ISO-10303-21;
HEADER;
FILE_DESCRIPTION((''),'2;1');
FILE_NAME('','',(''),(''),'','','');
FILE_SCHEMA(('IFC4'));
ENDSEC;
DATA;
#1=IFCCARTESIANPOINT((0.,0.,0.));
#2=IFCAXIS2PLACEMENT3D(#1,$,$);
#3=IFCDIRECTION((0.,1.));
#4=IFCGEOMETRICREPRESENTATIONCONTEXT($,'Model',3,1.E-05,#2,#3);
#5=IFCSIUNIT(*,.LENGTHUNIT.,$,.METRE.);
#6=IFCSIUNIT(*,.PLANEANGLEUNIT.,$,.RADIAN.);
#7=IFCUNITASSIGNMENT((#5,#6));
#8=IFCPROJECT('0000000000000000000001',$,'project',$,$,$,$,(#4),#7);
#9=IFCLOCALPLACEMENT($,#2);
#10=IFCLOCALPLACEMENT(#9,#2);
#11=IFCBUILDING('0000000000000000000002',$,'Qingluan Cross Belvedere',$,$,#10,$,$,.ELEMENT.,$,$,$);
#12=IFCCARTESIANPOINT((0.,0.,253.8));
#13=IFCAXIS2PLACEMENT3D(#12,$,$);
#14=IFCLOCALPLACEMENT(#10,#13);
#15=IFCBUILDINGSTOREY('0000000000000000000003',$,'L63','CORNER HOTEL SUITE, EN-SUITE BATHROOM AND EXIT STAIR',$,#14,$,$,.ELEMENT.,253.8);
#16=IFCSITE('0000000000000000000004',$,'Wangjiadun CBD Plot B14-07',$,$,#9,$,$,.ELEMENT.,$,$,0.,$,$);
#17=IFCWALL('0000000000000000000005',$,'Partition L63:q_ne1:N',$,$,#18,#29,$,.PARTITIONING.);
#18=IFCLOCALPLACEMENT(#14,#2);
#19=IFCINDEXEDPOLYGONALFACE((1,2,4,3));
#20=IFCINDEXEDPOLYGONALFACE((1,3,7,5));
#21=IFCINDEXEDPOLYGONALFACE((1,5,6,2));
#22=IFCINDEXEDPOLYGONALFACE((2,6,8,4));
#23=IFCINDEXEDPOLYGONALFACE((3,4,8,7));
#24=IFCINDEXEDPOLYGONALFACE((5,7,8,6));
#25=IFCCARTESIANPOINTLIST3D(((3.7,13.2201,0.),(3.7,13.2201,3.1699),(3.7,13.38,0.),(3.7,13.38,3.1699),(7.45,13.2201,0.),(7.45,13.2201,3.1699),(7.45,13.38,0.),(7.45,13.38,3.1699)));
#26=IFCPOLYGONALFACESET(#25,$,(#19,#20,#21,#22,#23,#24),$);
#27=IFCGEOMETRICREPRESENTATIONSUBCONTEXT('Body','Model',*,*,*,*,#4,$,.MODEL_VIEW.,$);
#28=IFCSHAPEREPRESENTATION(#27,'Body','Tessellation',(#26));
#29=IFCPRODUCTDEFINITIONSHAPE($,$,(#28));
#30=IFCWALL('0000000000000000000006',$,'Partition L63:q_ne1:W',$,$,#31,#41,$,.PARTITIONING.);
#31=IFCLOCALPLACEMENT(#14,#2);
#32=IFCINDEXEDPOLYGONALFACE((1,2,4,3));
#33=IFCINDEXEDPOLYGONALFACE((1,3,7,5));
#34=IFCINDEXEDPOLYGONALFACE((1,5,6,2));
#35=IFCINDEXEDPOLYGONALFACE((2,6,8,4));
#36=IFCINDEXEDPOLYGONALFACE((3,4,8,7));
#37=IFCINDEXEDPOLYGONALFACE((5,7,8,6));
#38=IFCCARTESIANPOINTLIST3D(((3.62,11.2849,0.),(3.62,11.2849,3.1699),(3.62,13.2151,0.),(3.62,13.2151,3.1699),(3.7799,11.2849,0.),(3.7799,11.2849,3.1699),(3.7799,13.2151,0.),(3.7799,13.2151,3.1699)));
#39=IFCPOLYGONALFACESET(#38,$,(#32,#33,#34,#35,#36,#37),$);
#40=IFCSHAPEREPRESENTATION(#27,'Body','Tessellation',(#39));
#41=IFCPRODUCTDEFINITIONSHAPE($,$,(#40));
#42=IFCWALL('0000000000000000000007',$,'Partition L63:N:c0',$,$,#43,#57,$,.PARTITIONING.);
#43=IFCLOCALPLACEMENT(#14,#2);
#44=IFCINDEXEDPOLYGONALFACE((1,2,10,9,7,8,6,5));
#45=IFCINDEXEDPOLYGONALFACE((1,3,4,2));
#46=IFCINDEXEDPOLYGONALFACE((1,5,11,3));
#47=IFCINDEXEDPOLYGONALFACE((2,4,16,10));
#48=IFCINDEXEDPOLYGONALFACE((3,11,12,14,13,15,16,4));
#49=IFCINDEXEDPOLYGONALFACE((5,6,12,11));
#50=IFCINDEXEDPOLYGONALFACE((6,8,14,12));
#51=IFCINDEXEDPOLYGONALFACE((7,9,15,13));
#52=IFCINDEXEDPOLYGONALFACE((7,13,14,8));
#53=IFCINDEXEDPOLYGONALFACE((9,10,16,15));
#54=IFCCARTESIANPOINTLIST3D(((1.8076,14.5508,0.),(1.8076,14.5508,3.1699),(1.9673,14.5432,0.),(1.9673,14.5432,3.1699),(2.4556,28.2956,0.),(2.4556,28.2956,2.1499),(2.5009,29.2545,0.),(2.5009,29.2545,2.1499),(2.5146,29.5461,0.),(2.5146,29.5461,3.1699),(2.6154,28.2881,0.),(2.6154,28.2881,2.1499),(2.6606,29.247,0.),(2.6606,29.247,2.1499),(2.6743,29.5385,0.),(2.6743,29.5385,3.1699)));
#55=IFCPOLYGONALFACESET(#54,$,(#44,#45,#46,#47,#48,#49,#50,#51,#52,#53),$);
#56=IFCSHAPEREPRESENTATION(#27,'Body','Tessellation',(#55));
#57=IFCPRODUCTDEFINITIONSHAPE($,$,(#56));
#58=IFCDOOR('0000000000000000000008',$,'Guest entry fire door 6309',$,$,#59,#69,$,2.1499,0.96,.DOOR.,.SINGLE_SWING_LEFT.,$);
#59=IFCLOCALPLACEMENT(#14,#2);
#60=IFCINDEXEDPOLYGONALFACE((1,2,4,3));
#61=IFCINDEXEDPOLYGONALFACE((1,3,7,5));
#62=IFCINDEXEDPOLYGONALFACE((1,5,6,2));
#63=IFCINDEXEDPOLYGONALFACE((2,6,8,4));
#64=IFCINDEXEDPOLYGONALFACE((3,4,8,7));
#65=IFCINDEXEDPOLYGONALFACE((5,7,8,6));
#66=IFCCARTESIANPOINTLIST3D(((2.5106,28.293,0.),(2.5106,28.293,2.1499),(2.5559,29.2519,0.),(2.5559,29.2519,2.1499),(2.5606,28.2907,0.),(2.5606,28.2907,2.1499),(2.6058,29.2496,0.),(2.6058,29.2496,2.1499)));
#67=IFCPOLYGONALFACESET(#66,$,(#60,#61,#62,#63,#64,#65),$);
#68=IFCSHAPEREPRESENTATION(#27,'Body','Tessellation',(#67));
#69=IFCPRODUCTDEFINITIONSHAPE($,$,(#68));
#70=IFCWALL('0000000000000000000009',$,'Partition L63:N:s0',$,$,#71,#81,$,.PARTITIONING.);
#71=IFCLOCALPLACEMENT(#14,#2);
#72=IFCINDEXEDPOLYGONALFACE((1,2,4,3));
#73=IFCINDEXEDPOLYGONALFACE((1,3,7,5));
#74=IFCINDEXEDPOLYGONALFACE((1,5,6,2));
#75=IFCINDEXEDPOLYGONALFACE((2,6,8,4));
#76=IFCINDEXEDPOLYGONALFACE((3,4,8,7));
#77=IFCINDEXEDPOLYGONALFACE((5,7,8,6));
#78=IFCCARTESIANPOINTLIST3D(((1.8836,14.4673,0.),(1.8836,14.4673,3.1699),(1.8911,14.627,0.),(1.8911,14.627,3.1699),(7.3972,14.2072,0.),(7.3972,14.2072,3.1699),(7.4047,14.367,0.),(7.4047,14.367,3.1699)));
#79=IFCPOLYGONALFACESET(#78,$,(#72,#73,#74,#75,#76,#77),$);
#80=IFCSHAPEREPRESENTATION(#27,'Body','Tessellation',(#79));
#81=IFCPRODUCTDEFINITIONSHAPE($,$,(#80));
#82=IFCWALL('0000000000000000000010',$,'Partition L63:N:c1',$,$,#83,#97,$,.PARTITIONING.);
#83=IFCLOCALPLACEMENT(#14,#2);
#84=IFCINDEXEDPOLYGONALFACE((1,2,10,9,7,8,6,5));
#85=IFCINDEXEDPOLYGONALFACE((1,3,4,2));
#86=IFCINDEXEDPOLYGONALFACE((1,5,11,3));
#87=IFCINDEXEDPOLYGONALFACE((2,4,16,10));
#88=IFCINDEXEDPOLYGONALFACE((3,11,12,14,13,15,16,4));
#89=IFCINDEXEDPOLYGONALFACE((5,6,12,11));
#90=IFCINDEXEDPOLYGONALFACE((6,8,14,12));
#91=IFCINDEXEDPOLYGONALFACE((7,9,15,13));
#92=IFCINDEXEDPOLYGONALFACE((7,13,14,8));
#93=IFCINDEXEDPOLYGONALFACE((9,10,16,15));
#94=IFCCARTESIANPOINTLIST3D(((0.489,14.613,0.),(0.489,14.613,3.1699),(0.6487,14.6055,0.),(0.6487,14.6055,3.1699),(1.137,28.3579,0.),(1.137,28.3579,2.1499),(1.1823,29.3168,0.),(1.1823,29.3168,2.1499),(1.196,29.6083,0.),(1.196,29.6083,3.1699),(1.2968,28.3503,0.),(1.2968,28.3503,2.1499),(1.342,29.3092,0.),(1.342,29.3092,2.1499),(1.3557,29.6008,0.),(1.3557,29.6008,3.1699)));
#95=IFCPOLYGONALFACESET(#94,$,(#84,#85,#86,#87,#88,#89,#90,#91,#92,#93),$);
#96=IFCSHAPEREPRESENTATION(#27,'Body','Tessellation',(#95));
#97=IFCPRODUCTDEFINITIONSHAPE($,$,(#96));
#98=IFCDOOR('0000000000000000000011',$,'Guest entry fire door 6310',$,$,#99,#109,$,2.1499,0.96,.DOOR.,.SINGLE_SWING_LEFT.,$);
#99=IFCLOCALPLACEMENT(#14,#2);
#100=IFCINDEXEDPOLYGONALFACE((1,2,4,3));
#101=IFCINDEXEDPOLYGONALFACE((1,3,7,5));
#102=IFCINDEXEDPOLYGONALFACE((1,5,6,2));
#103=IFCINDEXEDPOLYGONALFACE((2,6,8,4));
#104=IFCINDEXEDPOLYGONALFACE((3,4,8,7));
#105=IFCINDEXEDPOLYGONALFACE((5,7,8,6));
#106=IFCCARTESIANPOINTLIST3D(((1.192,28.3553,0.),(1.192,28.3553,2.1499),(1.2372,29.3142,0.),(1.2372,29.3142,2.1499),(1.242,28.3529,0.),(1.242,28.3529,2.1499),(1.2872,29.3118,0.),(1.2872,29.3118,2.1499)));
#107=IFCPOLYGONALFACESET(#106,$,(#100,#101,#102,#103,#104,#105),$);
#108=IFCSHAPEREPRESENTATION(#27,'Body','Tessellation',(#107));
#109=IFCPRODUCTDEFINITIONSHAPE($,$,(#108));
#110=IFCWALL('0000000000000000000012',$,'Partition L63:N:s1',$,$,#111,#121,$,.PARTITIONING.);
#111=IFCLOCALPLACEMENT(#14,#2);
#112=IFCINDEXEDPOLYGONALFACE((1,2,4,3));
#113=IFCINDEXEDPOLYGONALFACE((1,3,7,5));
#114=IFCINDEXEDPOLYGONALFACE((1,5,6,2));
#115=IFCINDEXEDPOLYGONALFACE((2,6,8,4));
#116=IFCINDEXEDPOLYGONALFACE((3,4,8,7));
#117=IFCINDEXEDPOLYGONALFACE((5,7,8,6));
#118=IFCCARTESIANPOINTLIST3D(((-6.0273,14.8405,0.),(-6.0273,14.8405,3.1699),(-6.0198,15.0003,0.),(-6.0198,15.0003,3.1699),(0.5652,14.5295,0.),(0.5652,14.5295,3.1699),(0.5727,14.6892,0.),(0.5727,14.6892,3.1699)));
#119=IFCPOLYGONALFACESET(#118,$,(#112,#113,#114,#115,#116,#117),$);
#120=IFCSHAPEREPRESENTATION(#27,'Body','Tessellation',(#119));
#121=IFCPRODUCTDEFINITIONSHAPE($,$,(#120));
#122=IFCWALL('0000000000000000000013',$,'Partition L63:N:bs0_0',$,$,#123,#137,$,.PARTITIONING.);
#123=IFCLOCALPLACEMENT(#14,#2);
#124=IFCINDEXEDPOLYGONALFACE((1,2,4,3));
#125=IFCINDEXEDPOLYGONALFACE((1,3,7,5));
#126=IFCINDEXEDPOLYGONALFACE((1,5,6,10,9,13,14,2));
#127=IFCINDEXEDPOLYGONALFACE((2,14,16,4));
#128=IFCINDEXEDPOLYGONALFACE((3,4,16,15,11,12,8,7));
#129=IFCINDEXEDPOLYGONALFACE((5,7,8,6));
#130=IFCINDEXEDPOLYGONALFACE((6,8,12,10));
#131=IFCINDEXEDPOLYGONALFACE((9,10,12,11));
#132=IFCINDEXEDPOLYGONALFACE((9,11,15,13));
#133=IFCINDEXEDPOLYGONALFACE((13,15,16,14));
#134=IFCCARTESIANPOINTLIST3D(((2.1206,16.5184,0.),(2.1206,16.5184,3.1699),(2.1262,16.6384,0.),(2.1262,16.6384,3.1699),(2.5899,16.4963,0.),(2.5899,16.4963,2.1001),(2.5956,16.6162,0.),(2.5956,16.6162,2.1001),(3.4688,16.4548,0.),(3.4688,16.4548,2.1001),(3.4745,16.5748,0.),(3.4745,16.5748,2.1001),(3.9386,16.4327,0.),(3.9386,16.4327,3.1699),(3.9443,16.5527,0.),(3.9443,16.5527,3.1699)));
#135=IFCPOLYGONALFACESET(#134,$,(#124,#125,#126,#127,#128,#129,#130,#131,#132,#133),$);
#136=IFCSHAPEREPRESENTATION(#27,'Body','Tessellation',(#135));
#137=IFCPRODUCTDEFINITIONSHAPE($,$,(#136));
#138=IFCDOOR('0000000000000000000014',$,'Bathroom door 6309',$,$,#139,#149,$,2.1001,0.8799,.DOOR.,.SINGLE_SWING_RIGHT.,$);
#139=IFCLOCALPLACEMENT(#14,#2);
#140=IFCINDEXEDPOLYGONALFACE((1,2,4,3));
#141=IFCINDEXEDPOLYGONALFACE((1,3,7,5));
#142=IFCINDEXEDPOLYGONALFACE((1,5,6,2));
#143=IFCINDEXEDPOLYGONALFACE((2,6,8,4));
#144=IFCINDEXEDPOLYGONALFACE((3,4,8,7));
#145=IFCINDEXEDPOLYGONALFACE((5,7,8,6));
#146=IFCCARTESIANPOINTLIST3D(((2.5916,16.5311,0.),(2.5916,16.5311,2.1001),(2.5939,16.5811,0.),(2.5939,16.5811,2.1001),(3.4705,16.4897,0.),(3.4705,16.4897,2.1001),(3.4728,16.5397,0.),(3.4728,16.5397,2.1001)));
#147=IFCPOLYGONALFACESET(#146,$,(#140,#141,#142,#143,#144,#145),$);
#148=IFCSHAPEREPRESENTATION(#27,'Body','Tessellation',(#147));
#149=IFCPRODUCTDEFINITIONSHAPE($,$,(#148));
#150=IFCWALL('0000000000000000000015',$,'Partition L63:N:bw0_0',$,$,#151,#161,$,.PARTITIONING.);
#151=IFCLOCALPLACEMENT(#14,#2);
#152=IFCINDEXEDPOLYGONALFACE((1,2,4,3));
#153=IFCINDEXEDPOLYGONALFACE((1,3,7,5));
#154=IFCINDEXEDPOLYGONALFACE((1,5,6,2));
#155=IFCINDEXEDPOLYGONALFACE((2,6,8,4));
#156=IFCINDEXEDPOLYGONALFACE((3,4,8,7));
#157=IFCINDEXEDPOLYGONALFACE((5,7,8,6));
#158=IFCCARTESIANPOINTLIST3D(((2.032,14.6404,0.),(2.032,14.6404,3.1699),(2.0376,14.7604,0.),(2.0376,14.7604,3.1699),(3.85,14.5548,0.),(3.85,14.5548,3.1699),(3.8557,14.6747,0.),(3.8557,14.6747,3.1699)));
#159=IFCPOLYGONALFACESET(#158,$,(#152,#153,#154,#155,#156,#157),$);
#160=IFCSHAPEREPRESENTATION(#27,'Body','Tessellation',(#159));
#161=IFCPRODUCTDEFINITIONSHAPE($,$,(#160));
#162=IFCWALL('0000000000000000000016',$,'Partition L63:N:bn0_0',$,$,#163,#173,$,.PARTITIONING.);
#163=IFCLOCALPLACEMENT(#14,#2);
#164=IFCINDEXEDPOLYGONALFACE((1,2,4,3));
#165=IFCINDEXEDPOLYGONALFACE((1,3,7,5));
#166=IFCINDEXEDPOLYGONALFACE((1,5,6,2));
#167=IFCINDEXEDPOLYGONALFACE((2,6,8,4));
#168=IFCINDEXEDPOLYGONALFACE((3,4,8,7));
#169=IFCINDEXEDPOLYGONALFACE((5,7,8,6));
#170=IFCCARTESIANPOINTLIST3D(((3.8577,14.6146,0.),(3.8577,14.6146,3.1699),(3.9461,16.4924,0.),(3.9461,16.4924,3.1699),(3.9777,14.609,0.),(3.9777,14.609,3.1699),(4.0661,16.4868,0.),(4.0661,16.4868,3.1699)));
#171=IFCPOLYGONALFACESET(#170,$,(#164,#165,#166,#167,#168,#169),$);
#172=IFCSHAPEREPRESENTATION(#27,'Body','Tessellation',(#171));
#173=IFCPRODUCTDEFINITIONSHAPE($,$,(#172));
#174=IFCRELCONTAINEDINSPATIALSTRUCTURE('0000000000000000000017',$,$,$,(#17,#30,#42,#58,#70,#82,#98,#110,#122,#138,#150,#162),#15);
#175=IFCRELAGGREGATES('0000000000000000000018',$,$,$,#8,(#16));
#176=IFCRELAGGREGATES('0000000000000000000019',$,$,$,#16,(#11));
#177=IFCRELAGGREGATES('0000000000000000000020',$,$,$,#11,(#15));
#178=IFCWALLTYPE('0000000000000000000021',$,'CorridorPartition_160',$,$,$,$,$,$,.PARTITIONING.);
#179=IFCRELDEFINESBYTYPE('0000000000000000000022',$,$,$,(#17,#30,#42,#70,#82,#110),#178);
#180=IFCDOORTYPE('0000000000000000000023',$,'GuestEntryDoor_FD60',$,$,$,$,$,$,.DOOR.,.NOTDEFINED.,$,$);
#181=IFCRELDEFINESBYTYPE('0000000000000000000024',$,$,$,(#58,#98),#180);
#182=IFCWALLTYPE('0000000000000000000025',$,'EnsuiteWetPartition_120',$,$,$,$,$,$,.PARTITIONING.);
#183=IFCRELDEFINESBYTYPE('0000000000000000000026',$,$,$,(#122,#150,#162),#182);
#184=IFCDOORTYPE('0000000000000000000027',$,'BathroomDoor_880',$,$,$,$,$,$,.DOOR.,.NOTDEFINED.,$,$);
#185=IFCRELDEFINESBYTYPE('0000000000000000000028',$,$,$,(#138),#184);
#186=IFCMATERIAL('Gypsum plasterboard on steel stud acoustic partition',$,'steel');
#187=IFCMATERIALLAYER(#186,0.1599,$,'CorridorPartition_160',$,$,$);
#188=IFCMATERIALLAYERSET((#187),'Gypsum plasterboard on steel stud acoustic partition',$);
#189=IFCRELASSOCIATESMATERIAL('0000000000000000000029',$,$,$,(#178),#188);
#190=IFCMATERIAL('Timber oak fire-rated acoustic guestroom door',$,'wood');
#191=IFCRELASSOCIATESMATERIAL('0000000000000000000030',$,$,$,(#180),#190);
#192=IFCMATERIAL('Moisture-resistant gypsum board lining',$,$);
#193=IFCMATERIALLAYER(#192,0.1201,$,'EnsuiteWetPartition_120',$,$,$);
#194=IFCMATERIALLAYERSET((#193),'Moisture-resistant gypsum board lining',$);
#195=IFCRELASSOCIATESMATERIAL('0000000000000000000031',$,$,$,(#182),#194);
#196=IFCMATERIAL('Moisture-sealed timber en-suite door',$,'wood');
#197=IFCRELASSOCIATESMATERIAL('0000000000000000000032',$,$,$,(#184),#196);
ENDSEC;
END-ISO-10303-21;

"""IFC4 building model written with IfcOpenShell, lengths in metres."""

from ifc_helpers import new_model, si_unit, direction, frame, frame_2d, origin, place, context, subcontext, project, spatial, rectangle, extrude, material, layer, layer_set, type_object, element, fill, save


model = new_model("IFC4")

# Units and contexts
model_context = context("Model", 3, precision=1e-05, world=origin(), true_north=direction((0.0, 1.0)))
body_context = subcontext(model_context, "Body", "Model", "MODEL_VIEW")
ifc_project = project(units=[si_unit("LENGTHUNIT", "METRE"), si_unit("PLANEANGLEUNIT", "RADIAN")], contexts=[model_context])

# Site, building, storey
site_placement = place(None, origin())
site = spatial("IfcSite", under=ifc_project, at=site_placement, Name="Wangjiadun CBD Plot B14-07", CompositionType="ELEMENT", RefElevation=0.0)
building_placement = place(site_placement, origin())
building = spatial("IfcBuilding", under=site, at=building_placement, Name="Qingluan Cross Belvedere", CompositionType="ELEMENT")
storey_placement = place(building_placement, frame((0.0, 0.0, 253.8)))
storey = spatial("IfcBuildingStorey", under=building, at=storey_placement, Name="L63", Description="CORNER HOTEL SUITE, EN-SUITE BATHROOM AND EXIT STAIR", CompositionType="ELEMENT", Elevation=253.8)

# Walls
ifc_material_1 = material(Name="Gypsum plasterboard on steel stud acoustic partition", Category="steel")
ifc_layer_1 = layer(ifc_material_1, 0.1599, Name="CorridorPartition_160")
ifc_layer_set_1 = layer_set([ifc_layer_1], Name="Gypsum plasterboard on steel stud acoustic partition")
wall_type_1 = type_object("IfcWallType", Name="CorridorPartition_160", PredefinedType="PARTITIONING", material=ifc_layer_set_1)
wall_1_placement = place(storey_placement, frame((3.7, 13.3, 0.0), z_axis=(0.0, 0.0, 1.0), x_axis=(1.0, 0.0, 0.0)))
element("IfcWall", 1, at=wall_1_placement, inside=storey, type_object=wall_type_1, Name="Partition L63:q_ne1:N", PredefinedType="PARTITIONING", context=body_context, shape_type="SweptSolid", body=[
    extrude(rectangle(XDim=3.75, YDim=0.1599, at=frame_2d((1.875, 0.0))), origin(), (0.0, 0.0, 1.0), 3.1699),
])
wall_2_placement = place(storey_placement, frame((3.7, 11.2849, 0.0), z_axis=(0.0, 0.0, 1.0), x_axis=(0.0, 1.0, 0.0)))
element("IfcWall", 2, at=wall_2_placement, inside=storey, type_object=wall_type_1, Name="Partition L63:q_ne1:W", PredefinedType="PARTITIONING", context=body_context, shape_type="SweptSolid", body=[
    extrude(rectangle(XDim=1.9302, YDim=0.1599, at=frame_2d((0.9651, 0.0))), origin(), (0.0, 0.0, 1.0), 3.1699),
])

# Wall, opening, door
wall_3_placement = place(storey_placement, frame((1.8875, 14.5471, 0.0), z_axis=(0.0, 0.0, 1.0), x_axis=(0.047098, 0.99889, 0.0)))
wall_3 = element("IfcWall", 3, at=wall_3_placement, inside=storey, type_object=wall_type_1, Name="Partition L63:N:c0", PredefinedType="PARTITIONING", context=body_context, shape_type="SweptSolid", body=[
    extrude(rectangle(XDim=15.012, YDim=0.1599, at=frame_2d((7.5059, 0.0))), origin(), (0.0, 0.0, 1.0), 3.1699),
])
opening_1_placement = place(wall_3_placement, frame((13.76, 0.0, 0.0)))
opening_1 = element("IfcOpeningElement", 4, at=opening_1_placement, cuts=wall_3, PredefinedType="OPENING", context=body_context, shape_type="SweptSolid", body=[
    extrude(rectangle(XDim=0.96, YDim=2.1499, at=frame_2d((0.48, 1.075))), frame((0.0, 0.0898, 0.0), z_axis=(0.0, -1.0, 0.0), x_axis=(1.0, 0.0, 0.0)), (0.0, 0.0, 1.0), 0.1799),
])
ifc_material_2 = material(Name="Timber oak fire-rated acoustic guestroom door", Category="wood")
door_type_1 = type_object("IfcDoorType", Name="GuestEntryDoor_FD60", OperationType="NOTDEFINED", PredefinedType="DOOR", material=ifc_material_2)
door_1_placement = place(opening_1_placement, origin())
door_1 = element("IfcDoor", 5, at=door_1_placement, inside=storey, type_object=door_type_1, Name="Guest entry fire door 6309", OperationType="SINGLE_SWING_LEFT", OverallHeight=2.1499, OverallWidth=0.96, PredefinedType="DOOR", context=body_context, shape_type="SweptSolid", body=[
    extrude(rectangle(XDim=0.96, YDim=2.1499, at=frame_2d((0.48, 1.075))), frame((0.0, 0.0249, 0.0), z_axis=(0.0, -1.0, 0.0), x_axis=(1.0, 0.0, 0.0)), (0.0, 0.0, 1.0), 0.05),
])
fill(opening_1, door_1)

# Wall
wall_4_placement = place(storey_placement, frame((1.8875, 14.5471, 0.0), z_axis=(0.0, 0.0, 1.0), x_axis=(0.99889, -0.047105, 0.0)))
element("IfcWall", 6, at=wall_4_placement, inside=storey, type_object=wall_type_1, Name="Partition L63:N:s0", PredefinedType="PARTITIONING", context=body_context, shape_type="SweptSolid", body=[
    extrude(rectangle(XDim=5.5198, YDim=0.1599, at=frame_2d((2.7598, 0.0))), origin(), (0.0, 0.0, 1.0), 3.1699),
])

# Wall, opening, door
wall_5_placement = place(storey_placement, frame((0.5688, 14.6094, 0.0), z_axis=(0.0, 0.0, 1.0), x_axis=(0.047098, 0.99889, 0.0)))
wall_5 = element("IfcWall", 7, at=wall_5_placement, inside=storey, type_object=wall_type_1, Name="Partition L63:N:c1", PredefinedType="PARTITIONING", context=body_context, shape_type="SweptSolid", body=[
    extrude(rectangle(XDim=15.012, YDim=0.1599, at=frame_2d((7.5059, 0.0))), origin(), (0.0, 0.0, 1.0), 3.1699),
])
opening_2_placement = place(wall_5_placement, frame((13.76, 0.0, 0.0)))
opening_2 = element("IfcOpeningElement", 8, at=opening_2_placement, cuts=wall_5, PredefinedType="OPENING", context=body_context, shape_type="SweptSolid", body=[
    extrude(rectangle(XDim=0.96, YDim=2.1499, at=frame_2d((0.48, 1.075))), frame((0.0, 0.0898, 0.0), z_axis=(0.0, -1.0, 0.0), x_axis=(1.0, 0.0, 0.0)), (0.0, 0.0, 1.0), 0.1799),
])
door_2_placement = place(opening_2_placement, origin())
door_2 = element("IfcDoor", 9, at=door_2_placement, inside=storey, type_object=door_type_1, Name="Guest entry fire door 6310", OperationType="SINGLE_SWING_LEFT", OverallHeight=2.1499, OverallWidth=0.96, PredefinedType="DOOR", context=body_context, shape_type="SweptSolid", body=[
    extrude(rectangle(XDim=0.96, YDim=2.1499, at=frame_2d((0.48, 1.075))), frame((0.0, 0.0249, 0.0), z_axis=(0.0, -1.0, 0.0), x_axis=(1.0, 0.0, 0.0)), (0.0, 0.0, 1.0), 0.05),
])
fill(opening_2, door_2)

# Wall
wall_6_placement = place(storey_placement, frame((0.5688, 14.6094, 0.0), z_axis=(0.0, 0.0, 1.0), x_axis=(-0.998889, 0.047128, 0.0)))
element("IfcWall", 10, at=wall_6_placement, inside=storey, type_object=wall_type_1, Name="Partition L63:N:s1", PredefinedType="PARTITIONING", context=body_context, shape_type="SweptSolid", body=[
    extrude(rectangle(XDim=6.5999, YDim=0.1599, at=frame_2d((3.2998, 0.0))), origin(), (0.0, 0.0, 1.0), 3.1699),
])

# Wall, opening, door
ifc_material_3 = material(Name="Moisture-resistant gypsum board lining")
ifc_layer_2 = layer(ifc_material_3, 0.1201, Name="EnsuiteWetPartition_120")
ifc_layer_set_2 = layer_set([ifc_layer_2], Name="Moisture-resistant gypsum board lining")
wall_type_2 = type_object("IfcWallType", Name="EnsuiteWetPartition_120", PredefinedType="PARTITIONING", material=ifc_layer_set_2)
wall_7_placement = place(storey_placement, frame((2.1233, 16.5784, 0.0), z_axis=(0.0, 0.0, 1.0), x_axis=(0.998891, -0.047081, 0.0)))
wall_7 = element("IfcWall", 11, at=wall_7_placement, inside=storey, type_object=wall_type_2, Name="Partition L63:N:bs0_0", PredefinedType="PARTITIONING", context=body_context, shape_type="SweptSolid", body=[
    extrude(rectangle(XDim=1.8201, YDim=0.1201, at=frame_2d((0.9102, 0.0))), origin(), (0.0, 0.0, 1.0), 3.1699),
])
opening_3_placement = place(wall_7_placement, frame((0.47, 0.0, 0.0)))
opening_3 = element("IfcOpeningElement", 12, at=opening_3_placement, cuts=wall_7, PredefinedType="OPENING", context=body_context, shape_type="SweptSolid", body=[
    extrude(rectangle(XDim=0.8799, YDim=2.1001, at=frame_2d((0.4399, 1.05))), frame((0.0, 0.0701, 0.0), z_axis=(0.0, -1.0, 0.0), x_axis=(1.0, 0.0, 0.0)), (0.0, 0.0, 1.0), 0.1401),
])
ifc_material_4 = material(Name="Moisture-sealed timber en-suite door", Category="wood")
door_type_2 = type_object("IfcDoorType", Name="BathroomDoor_880", OperationType="NOTDEFINED", PredefinedType="DOOR", material=ifc_material_4)
door_3_placement = place(opening_3_placement, origin())
door_3 = element("IfcDoor", 13, at=door_3_placement, inside=storey, type_object=door_type_2, Name="Bathroom door 6309", OperationType="SINGLE_SWING_RIGHT", OverallHeight=2.1001, OverallWidth=0.8799, PredefinedType="DOOR", context=body_context, shape_type="SweptSolid", body=[
    extrude(rectangle(XDim=0.8799, YDim=2.1001, at=frame_2d((0.4399, 1.05))), frame((0.0, 0.0249, 0.0), z_axis=(0.0, -1.0, 0.0), x_axis=(1.0, 0.0, 0.0)), (0.0, 0.0, 1.0), 0.05),
])
fill(opening_3, door_3)

# Walls
wall_8_placement = place(storey_placement, frame((2.0347, 14.7004, 0.0), z_axis=(0.0, 0.0, 1.0), x_axis=(0.998891, -0.047081, 0.0)))
element("IfcWall", 14, at=wall_8_placement, inside=storey, type_object=wall_type_2, Name="Partition L63:N:bw0_0", PredefinedType="PARTITIONING", context=body_context, shape_type="SweptSolid", body=[
    extrude(rectangle(XDim=1.8201, YDim=0.1201, at=frame_2d((0.9102, 0.0))), origin(), (0.0, 0.0, 1.0), 3.1699),
])
wall_9_placement = place(storey_placement, frame((3.9177, 14.6118, 0.0), z_axis=(0.0, 0.0, 1.0), x_axis=(0.047016, 0.998894, 0.0)))
element("IfcWall", 15, at=wall_9_placement, inside=storey, type_object=wall_type_2, Name="Partition L63:N:bn0_0", PredefinedType="PARTITIONING", context=body_context, shape_type="SweptSolid", body=[
    extrude(rectangle(XDim=1.8799, YDim=0.1201, at=frame_2d((0.9399, 0.0))), origin(), (0.0, 0.0, 1.0), 3.1699),
])

save(model, "model.ifc")
